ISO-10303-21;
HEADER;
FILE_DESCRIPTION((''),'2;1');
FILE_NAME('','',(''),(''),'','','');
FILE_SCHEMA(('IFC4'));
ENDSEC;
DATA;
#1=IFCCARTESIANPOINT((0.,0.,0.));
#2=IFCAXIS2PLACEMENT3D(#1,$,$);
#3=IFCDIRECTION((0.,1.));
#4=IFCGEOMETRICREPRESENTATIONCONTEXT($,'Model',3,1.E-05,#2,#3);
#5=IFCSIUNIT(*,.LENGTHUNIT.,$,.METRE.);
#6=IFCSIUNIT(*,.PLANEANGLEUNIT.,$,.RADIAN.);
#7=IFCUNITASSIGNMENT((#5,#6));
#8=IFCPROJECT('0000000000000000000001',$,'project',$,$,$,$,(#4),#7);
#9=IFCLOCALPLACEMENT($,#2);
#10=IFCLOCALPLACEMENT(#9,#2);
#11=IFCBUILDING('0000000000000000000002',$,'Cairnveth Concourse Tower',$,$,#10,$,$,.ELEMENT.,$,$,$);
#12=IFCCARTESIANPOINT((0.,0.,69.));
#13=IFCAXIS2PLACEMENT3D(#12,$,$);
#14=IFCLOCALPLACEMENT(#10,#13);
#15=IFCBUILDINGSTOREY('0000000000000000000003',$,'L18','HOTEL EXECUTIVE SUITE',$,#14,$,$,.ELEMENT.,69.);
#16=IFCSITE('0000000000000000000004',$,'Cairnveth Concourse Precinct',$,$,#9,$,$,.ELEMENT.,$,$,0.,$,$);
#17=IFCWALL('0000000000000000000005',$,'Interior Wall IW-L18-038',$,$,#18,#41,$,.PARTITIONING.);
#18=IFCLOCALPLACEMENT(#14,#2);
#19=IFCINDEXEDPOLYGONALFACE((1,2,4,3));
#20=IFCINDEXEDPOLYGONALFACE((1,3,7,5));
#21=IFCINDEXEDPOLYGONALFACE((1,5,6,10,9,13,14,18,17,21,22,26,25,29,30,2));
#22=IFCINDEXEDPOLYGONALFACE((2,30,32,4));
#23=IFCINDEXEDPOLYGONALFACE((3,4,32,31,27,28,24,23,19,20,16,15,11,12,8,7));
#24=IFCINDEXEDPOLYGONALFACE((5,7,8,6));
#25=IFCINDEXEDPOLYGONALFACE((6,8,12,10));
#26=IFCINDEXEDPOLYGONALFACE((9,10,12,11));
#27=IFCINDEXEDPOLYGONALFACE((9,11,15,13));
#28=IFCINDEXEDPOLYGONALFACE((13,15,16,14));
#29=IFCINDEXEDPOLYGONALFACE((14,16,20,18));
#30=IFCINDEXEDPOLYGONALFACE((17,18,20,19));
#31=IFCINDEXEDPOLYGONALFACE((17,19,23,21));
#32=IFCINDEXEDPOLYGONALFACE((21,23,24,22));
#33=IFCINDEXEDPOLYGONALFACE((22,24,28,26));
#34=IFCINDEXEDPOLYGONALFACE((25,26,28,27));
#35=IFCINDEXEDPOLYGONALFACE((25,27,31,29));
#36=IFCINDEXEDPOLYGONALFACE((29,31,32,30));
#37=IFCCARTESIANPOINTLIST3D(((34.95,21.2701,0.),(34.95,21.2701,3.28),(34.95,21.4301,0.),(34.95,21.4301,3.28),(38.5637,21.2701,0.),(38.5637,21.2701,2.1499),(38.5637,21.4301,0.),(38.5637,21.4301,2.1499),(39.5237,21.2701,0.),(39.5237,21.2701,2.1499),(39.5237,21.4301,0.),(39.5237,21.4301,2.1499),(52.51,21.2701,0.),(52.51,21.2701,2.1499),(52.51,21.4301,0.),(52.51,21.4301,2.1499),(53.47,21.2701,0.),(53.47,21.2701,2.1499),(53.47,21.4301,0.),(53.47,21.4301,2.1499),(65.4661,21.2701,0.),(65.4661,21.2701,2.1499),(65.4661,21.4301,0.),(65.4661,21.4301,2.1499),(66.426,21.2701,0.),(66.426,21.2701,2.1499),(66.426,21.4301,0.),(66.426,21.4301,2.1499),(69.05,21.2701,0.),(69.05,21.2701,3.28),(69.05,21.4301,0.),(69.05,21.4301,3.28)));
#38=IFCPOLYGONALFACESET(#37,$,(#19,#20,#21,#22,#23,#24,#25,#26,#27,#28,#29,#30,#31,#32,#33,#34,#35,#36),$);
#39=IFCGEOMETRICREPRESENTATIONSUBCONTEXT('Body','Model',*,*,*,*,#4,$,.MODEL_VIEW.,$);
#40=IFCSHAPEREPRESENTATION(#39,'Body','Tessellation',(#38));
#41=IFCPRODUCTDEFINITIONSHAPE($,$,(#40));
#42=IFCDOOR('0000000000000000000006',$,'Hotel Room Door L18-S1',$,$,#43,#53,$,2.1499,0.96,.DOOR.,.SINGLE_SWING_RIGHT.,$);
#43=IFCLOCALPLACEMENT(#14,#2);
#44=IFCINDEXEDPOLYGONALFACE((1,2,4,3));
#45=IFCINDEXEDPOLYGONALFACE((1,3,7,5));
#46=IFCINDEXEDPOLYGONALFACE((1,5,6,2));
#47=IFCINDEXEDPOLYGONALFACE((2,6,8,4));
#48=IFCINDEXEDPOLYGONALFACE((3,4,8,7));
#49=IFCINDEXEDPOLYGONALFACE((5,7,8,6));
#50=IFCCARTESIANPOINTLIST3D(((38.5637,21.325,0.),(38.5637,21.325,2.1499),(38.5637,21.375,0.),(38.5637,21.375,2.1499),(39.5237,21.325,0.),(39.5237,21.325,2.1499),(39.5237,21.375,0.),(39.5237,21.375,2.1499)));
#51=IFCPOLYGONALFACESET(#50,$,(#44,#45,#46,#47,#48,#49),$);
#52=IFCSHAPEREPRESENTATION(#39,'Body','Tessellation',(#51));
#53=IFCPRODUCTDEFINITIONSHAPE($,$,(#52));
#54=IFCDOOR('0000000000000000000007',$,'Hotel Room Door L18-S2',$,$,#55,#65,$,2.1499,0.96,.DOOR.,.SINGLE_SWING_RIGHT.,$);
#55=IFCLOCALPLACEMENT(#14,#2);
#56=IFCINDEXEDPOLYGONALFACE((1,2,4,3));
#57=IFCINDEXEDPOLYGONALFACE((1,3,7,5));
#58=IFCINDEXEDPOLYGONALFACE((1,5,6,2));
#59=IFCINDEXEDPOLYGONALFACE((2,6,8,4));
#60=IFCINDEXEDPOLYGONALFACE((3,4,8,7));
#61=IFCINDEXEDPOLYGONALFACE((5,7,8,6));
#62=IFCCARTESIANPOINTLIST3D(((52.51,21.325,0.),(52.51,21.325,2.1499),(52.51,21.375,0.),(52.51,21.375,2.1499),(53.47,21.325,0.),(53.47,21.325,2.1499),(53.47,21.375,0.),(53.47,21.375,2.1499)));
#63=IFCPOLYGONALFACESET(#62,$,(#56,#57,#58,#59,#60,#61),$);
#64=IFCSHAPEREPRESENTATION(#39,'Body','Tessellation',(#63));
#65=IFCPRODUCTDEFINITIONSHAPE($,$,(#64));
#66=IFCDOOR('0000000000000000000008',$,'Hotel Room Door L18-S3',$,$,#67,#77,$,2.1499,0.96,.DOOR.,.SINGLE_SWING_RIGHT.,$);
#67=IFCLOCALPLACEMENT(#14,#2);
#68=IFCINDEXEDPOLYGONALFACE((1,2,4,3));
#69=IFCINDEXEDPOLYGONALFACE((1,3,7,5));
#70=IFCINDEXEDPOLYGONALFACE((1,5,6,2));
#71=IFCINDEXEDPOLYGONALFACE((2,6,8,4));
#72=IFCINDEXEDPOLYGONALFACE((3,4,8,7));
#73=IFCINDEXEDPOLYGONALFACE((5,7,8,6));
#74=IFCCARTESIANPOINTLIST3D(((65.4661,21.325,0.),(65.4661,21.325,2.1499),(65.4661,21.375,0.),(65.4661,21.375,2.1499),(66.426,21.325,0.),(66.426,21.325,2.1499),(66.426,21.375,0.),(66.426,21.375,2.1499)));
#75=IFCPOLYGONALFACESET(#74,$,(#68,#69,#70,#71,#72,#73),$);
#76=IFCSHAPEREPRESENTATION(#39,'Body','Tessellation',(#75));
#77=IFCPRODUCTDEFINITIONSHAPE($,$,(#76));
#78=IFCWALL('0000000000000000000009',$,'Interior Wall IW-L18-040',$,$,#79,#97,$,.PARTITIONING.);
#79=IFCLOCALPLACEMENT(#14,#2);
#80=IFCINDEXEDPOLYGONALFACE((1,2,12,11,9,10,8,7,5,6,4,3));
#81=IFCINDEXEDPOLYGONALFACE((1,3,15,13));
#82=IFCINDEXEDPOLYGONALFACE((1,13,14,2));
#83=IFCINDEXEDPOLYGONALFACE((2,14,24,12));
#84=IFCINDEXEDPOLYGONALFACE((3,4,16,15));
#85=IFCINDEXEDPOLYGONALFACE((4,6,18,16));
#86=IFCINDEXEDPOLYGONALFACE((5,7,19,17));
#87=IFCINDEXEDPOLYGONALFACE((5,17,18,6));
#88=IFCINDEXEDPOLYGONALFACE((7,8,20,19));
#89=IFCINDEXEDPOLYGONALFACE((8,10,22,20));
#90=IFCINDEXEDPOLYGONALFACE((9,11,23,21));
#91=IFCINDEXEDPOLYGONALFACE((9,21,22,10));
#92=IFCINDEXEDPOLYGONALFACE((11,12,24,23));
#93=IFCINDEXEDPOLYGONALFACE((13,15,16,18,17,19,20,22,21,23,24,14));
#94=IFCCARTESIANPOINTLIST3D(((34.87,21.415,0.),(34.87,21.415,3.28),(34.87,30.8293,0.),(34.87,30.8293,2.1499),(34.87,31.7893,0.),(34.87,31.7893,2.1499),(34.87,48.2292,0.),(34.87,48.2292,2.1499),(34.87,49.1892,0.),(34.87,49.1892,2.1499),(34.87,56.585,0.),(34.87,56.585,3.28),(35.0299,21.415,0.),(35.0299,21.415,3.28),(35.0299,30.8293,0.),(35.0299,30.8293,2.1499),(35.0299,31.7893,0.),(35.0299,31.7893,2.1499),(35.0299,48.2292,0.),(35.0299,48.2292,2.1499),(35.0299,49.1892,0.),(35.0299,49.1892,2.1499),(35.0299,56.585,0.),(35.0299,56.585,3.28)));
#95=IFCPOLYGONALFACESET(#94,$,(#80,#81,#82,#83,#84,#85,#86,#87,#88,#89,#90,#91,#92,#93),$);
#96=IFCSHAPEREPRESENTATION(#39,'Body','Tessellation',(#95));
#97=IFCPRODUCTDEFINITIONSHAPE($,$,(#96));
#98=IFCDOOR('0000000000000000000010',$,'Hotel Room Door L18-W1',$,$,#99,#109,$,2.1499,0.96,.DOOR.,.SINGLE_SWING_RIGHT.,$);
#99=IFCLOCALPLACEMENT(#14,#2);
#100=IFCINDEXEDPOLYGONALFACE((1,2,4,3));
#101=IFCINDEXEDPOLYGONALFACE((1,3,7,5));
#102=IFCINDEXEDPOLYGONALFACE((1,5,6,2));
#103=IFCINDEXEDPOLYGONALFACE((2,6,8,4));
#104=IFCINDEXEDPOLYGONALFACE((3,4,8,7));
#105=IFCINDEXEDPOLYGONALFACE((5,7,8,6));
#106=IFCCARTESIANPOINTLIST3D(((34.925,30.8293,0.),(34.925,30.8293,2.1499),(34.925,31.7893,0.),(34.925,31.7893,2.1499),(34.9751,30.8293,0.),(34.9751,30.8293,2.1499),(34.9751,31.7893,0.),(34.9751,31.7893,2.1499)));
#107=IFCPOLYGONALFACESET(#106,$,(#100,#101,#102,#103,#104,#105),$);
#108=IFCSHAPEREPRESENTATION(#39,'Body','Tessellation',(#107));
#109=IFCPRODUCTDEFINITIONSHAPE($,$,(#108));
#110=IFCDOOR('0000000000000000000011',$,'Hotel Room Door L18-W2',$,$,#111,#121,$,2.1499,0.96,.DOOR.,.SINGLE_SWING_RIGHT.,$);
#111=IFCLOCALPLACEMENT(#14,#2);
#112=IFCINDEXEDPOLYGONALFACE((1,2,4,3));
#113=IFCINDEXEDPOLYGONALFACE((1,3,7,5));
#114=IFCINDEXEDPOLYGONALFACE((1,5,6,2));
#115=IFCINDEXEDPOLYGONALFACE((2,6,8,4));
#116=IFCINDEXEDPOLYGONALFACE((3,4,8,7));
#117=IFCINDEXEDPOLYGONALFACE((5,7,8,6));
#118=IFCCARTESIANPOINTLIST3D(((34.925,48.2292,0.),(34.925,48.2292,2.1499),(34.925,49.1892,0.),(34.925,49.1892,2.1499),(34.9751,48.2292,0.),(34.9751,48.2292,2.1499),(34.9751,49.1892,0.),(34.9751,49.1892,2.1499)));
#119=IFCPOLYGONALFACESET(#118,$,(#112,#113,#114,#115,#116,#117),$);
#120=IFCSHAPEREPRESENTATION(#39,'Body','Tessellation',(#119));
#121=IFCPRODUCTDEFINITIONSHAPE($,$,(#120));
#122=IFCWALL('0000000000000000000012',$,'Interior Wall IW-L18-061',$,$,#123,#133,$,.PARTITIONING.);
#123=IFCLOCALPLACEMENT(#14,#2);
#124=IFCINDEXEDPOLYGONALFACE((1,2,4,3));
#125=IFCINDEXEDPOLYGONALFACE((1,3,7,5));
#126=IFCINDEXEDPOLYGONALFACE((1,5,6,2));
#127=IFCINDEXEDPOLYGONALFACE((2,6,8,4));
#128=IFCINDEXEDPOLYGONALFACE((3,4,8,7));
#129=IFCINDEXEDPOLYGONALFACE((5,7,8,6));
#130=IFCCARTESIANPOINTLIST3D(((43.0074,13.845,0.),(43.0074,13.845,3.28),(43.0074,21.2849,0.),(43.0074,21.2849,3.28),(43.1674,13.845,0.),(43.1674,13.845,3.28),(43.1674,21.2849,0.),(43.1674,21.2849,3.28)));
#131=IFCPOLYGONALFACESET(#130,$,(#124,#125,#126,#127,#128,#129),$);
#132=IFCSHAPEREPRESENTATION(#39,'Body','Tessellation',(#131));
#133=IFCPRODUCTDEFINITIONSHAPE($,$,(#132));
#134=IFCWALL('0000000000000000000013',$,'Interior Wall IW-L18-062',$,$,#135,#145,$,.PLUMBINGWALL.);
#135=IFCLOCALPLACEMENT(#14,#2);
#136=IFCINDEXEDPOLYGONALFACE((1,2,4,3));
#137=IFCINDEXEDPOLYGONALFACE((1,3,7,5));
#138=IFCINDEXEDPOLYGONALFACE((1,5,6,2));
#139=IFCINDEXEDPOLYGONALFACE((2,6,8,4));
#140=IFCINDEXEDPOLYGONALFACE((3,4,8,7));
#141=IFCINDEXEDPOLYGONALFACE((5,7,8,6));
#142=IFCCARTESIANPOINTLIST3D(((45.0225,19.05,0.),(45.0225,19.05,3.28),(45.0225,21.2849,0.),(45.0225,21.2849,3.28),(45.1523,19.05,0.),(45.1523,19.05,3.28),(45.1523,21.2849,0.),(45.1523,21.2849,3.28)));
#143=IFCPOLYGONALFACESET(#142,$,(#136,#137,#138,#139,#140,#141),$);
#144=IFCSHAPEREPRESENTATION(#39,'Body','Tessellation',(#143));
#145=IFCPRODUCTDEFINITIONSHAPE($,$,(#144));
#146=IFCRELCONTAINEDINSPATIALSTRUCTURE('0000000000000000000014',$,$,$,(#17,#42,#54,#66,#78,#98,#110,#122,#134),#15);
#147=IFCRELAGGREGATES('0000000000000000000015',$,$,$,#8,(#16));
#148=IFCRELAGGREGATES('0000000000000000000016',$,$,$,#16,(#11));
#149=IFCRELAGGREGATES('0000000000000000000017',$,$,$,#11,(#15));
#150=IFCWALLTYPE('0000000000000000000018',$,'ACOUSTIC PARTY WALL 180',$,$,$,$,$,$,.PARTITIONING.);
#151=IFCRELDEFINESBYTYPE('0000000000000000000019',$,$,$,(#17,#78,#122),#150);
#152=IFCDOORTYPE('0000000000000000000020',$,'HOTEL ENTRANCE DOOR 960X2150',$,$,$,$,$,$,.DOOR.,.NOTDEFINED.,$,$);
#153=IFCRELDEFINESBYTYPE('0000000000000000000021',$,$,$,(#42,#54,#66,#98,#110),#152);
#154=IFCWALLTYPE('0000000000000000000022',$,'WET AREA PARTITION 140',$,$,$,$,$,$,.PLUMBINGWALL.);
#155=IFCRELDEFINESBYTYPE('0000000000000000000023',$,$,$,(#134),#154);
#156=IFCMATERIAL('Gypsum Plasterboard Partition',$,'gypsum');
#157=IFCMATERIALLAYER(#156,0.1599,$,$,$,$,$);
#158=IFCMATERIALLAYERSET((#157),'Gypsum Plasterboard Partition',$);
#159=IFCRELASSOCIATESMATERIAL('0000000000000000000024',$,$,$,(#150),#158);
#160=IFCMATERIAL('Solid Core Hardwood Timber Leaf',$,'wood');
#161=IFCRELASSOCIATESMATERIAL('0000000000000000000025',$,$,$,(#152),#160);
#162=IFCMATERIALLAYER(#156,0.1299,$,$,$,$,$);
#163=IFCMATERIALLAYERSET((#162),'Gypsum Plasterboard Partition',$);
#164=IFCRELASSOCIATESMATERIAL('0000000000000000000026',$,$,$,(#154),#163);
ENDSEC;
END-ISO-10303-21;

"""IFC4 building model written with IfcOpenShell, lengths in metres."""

from ifc_helpers import new_model, si_unit, direction, frame, frame_2d, origin, place, context, subcontext, project, spatial, rectangle, extrude, material, layer, layer_set, type_object, element, fill, save


model = new_model("IFC4")

# Units and contexts
model_context = context("Model", 3, precision=1e-05, world=origin(), true_north=direction((0.0, 1.0)))
body_context = subcontext(model_context, "Body", "Model", "MODEL_VIEW")
ifc_project = project(units=[si_unit("LENGTHUNIT", "METRE"), si_unit("PLANEANGLEUNIT", "RADIAN")], contexts=[model_context])

# Site, building, storey
site_placement = place(None, origin())
site = spatial("IfcSite", under=ifc_project, at=site_placement, Name="Cairnveth Concourse Precinct", CompositionType="ELEMENT", RefElevation=0.0)
building_placement = place(site_placement, origin())
building = spatial("IfcBuilding", under=site, at=building_placement, Name="Cairnveth Concourse Tower", CompositionType="ELEMENT")
storey_placement = place(building_placement, frame((0.0, 0.0, 69.0)))
storey = spatial("IfcBuildingStorey", under=building, at=storey_placement, Name="L18", Description="HOTEL EXECUTIVE SUITE", CompositionType="ELEMENT", Elevation=69.0)

# Walls, openings, doors
ifc_material_1 = material(Name="Gypsum Plasterboard Partition", Category="gypsum")
ifc_layer_1 = layer(ifc_material_1, 0.1599)
ifc_layer_set_1 = layer_set([ifc_layer_1], Name="Gypsum Plasterboard Partition")
wall_type_1 = type_object("IfcWallType", Name="ACOUSTIC PARTY WALL 180", PredefinedType="PARTITIONING", material=ifc_layer_set_1)
wall_1_placement = place(storey_placement, frame((34.95, 21.3501, 0.0), z_axis=(0.0, 0.0, 1.0), x_axis=(1.0, 0.0, 0.0)))
wall_1 = element("IfcWall", 1, at=wall_1_placement, inside=storey, type_object=wall_type_1, Name="Interior Wall IW-L18-038", PredefinedType="PARTITIONING", context=body_context, shape_type="SweptSolid", body=[
    extrude(rectangle(XDim=34.1001, YDim=0.1599, at=frame_2d((17.05, 0.0))), origin(), (0.0, 0.0, 1.0), 3.28),
])
opening_1_placement = place(wall_1_placement, frame((3.6138, 0.0, 0.0)))
opening_1 = element("IfcOpeningElement", 2, at=opening_1_placement, cuts=wall_1, PredefinedType="OPENING", context=body_context, shape_type="SweptSolid", body=[
    extrude(rectangle(XDim=0.96, YDim=2.1499, at=frame_2d((0.48, 1.075))), frame((0.0, 0.0898, 0.0), z_axis=(0.0, -1.0, 0.0), x_axis=(1.0, 0.0, 0.0)), (0.0, 0.0, 1.0), 0.1799),
])
opening_2_placement = place(wall_1_placement, frame((17.5601, 0.0, 0.0)))
opening_2 = element("IfcOpeningElement", 3, at=opening_2_placement, cuts=wall_1, PredefinedType="OPENING", context=body_context, shape_type="SweptSolid", body=[
    extrude(rectangle(XDim=0.96, YDim=2.1499, at=frame_2d((0.48, 1.075))), frame((0.0, 0.0898, 0.0), z_axis=(0.0, -1.0, 0.0), x_axis=(1.0, 0.0, 0.0)), (0.0, 0.0, 1.0), 0.1799),
])
opening_3_placement = place(wall_1_placement, frame((30.5161, 0.0, 0.0)))
opening_3 = element("IfcOpeningElement", 4, at=opening_3_placement, cuts=wall_1, PredefinedType="OPENING", context=body_context, shape_type="SweptSolid", body=[
    extrude(rectangle(XDim=0.96, YDim=2.1499, at=frame_2d((0.48, 1.075))), frame((0.0, 0.0898, 0.0), z_axis=(0.0, -1.0, 0.0), x_axis=(1.0, 0.0, 0.0)), (0.0, 0.0, 1.0), 0.1799),
])
ifc_material_2 = material(Name="Solid Core Hardwood Timber Leaf", Category="wood")
door_type_1 = type_object("IfcDoorType", Name="HOTEL ENTRANCE DOOR 960X2150", OperationType="NOTDEFINED", PredefinedType="DOOR", material=ifc_material_2)
door_1_placement = place(opening_1_placement, origin())
door_1 = element("IfcDoor", 5, at=door_1_placement, inside=storey, type_object=door_type_1, Name="Hotel Room Door L18-S1", OperationType="SINGLE_SWING_RIGHT", OverallHeight=2.1499, OverallWidth=0.96, PredefinedType="DOOR", context=body_context, shape_type="SweptSolid", body=[
    extrude(rectangle(XDim=0.96, YDim=2.1499, at=frame_2d((0.48, 1.075))), frame((0.0, 0.0249, 0.0), z_axis=(0.0, -1.0, 0.0), x_axis=(1.0, 0.0, 0.0)), (0.0, 0.0, 1.0), 0.05),
])
fill(opening_1, door_1)
door_2_placement = place(opening_2_placement, origin())
door_2 = element("IfcDoor", 6, at=door_2_placement, inside=storey, type_object=door_type_1, Name="Hotel Room Door L18-S2", OperationType="SINGLE_SWING_RIGHT", OverallHeight=2.1499, OverallWidth=0.96, PredefinedType="DOOR", context=body_context, shape_type="SweptSolid", body=[
    extrude(rectangle(XDim=0.96, YDim=2.1499, at=frame_2d((0.48, 1.075))), frame((0.0, 0.0249, 0.0), z_axis=(0.0, -1.0, 0.0), x_axis=(1.0, 0.0, 0.0)), (0.0, 0.0, 1.0), 0.05),
])
fill(opening_2, door_2)
door_3_placement = place(opening_3_placement, origin())
door_3 = element("IfcDoor", 7, at=door_3_placement, inside=storey, type_object=door_type_1, Name="Hotel Room Door L18-S3", OperationType="SINGLE_SWING_RIGHT", OverallHeight=2.1499, OverallWidth=0.96, PredefinedType="DOOR", context=body_context, shape_type="SweptSolid", body=[
    extrude(rectangle(XDim=0.96, YDim=2.1499, at=frame_2d((0.48, 1.075))), frame((0.0, 0.0249, 0.0), z_axis=(0.0, -1.0, 0.0), x_axis=(1.0, 0.0, 0.0)), (0.0, 0.0, 1.0), 0.05),
])
fill(opening_3, door_3)
wall_2_placement = place(storey_placement, frame((34.95, 21.415, 0.0), z_axis=(0.0, 0.0, 1.0), x_axis=(0.0, 1.0, 0.0)))
wall_2 = element("IfcWall", 8, at=wall_2_placement, inside=storey, type_object=wall_type_1, Name="Interior Wall IW-L18-040", PredefinedType="PARTITIONING", context=body_context, shape_type="SweptSolid", body=[
    extrude(rectangle(XDim=35.1699, YDim=0.1599, at=frame_2d((17.585, 0.0))), origin(), (0.0, 0.0, 1.0), 3.28),
])
opening_4_placement = place(wall_2_placement, frame((9.4143, 0.0, 0.0)))
opening_4 = element("IfcOpeningElement", 9, at=opening_4_placement, cuts=wall_2, PredefinedType="OPENING", context=body_context, shape_type="SweptSolid", body=[
    extrude(rectangle(XDim=0.96, YDim=2.1499, at=frame_2d((0.48, 1.075))), frame((0.0, 0.0898, 0.0), z_axis=(0.0, -1.0, 0.0), x_axis=(1.0, 0.0, 0.0)), (0.0, 0.0, 1.0), 0.1799),
])
opening_5_placement = place(wall_2_placement, frame((26.8142, 0.0, 0.0)))
opening_5 = element("IfcOpeningElement", 10, at=opening_5_placement, cuts=wall_2, PredefinedType="OPENING", context=body_context, shape_type="SweptSolid", body=[
    extrude(rectangle(XDim=0.96, YDim=2.1499, at=frame_2d((0.48, 1.075))), frame((0.0, 0.0898, 0.0), z_axis=(0.0, -1.0, 0.0), x_axis=(1.0, 0.0, 0.0)), (0.0, 0.0, 1.0), 0.1799),
])
door_4_placement = place(opening_4_placement, origin())
door_4 = element("IfcDoor", 11, at=door_4_placement, inside=storey, type_object=door_type_1, Name="Hotel Room Door L18-W1", OperationType="SINGLE_SWING_RIGHT", OverallHeight=2.1499, OverallWidth=0.96, PredefinedType="DOOR", context=body_context, shape_type="SweptSolid", body=[
    extrude(rectangle(XDim=0.96, YDim=2.1499, at=frame_2d((0.48, 1.075))), frame((0.0, 0.0249, 0.0), z_axis=(0.0, -1.0, 0.0), x_axis=(1.0, 0.0, 0.0)), (0.0, 0.0, 1.0), 0.05),
])
fill(opening_4, door_4)
door_5_placement = place(opening_5_placement, origin())
door_5 = element("IfcDoor", 12, at=door_5_placement, inside=storey, type_object=door_type_1, Name="Hotel Room Door L18-W2", OperationType="SINGLE_SWING_RIGHT", OverallHeight=2.1499, OverallWidth=0.96, PredefinedType="DOOR", context=body_context, shape_type="SweptSolid", body=[
    extrude(rectangle(XDim=0.96, YDim=2.1499, at=frame_2d((0.48, 1.075))), frame((0.0, 0.0249, 0.0), z_axis=(0.0, -1.0, 0.0), x_axis=(1.0, 0.0, 0.0)), (0.0, 0.0, 1.0), 0.05),
])
fill(opening_5, door_5)

# Walls
wall_3_placement = place(storey_placement, frame((43.0874, 13.845, 0.0), z_axis=(0.0, 0.0, 1.0), x_axis=(0.0, 1.0, 0.0)))
element("IfcWall", 13, at=wall_3_placement, inside=storey, type_object=wall_type_1, Name="Interior Wall IW-L18-061", PredefinedType="PARTITIONING", context=body_context, shape_type="SweptSolid", body=[
    extrude(rectangle(XDim=7.4399, YDim=0.1599, at=frame_2d((3.72, 0.0))), origin(), (0.0, 0.0, 1.0), 3.28),
])
ifc_layer_2 = layer(ifc_material_1, 0.1299)
ifc_layer_set_2 = layer_set([ifc_layer_2], Name="Gypsum Plasterboard Partition")
wall_type_2 = type_object("IfcWallType", Name="WET AREA PARTITION 140", PredefinedType="PLUMBINGWALL", material=ifc_layer_set_2)
wall_4_placement = place(storey_placement, frame((45.0874, 19.05, 0.0), z_axis=(0.0, 0.0, 1.0), x_axis=(0.0, 1.0, 0.0)))
element("IfcWall", 14, at=wall_4_placement, inside=storey, type_object=wall_type_2, Name="Interior Wall IW-L18-062", PredefinedType="PLUMBINGWALL", context=body_context, shape_type="SweptSolid", body=[
    extrude(rectangle(XDim=2.2349, YDim=0.1299, at=frame_2d((1.1174, 0.0))), origin(), (0.0, 0.0, 1.0), 3.28),
])

save(model, "model.ifc")
